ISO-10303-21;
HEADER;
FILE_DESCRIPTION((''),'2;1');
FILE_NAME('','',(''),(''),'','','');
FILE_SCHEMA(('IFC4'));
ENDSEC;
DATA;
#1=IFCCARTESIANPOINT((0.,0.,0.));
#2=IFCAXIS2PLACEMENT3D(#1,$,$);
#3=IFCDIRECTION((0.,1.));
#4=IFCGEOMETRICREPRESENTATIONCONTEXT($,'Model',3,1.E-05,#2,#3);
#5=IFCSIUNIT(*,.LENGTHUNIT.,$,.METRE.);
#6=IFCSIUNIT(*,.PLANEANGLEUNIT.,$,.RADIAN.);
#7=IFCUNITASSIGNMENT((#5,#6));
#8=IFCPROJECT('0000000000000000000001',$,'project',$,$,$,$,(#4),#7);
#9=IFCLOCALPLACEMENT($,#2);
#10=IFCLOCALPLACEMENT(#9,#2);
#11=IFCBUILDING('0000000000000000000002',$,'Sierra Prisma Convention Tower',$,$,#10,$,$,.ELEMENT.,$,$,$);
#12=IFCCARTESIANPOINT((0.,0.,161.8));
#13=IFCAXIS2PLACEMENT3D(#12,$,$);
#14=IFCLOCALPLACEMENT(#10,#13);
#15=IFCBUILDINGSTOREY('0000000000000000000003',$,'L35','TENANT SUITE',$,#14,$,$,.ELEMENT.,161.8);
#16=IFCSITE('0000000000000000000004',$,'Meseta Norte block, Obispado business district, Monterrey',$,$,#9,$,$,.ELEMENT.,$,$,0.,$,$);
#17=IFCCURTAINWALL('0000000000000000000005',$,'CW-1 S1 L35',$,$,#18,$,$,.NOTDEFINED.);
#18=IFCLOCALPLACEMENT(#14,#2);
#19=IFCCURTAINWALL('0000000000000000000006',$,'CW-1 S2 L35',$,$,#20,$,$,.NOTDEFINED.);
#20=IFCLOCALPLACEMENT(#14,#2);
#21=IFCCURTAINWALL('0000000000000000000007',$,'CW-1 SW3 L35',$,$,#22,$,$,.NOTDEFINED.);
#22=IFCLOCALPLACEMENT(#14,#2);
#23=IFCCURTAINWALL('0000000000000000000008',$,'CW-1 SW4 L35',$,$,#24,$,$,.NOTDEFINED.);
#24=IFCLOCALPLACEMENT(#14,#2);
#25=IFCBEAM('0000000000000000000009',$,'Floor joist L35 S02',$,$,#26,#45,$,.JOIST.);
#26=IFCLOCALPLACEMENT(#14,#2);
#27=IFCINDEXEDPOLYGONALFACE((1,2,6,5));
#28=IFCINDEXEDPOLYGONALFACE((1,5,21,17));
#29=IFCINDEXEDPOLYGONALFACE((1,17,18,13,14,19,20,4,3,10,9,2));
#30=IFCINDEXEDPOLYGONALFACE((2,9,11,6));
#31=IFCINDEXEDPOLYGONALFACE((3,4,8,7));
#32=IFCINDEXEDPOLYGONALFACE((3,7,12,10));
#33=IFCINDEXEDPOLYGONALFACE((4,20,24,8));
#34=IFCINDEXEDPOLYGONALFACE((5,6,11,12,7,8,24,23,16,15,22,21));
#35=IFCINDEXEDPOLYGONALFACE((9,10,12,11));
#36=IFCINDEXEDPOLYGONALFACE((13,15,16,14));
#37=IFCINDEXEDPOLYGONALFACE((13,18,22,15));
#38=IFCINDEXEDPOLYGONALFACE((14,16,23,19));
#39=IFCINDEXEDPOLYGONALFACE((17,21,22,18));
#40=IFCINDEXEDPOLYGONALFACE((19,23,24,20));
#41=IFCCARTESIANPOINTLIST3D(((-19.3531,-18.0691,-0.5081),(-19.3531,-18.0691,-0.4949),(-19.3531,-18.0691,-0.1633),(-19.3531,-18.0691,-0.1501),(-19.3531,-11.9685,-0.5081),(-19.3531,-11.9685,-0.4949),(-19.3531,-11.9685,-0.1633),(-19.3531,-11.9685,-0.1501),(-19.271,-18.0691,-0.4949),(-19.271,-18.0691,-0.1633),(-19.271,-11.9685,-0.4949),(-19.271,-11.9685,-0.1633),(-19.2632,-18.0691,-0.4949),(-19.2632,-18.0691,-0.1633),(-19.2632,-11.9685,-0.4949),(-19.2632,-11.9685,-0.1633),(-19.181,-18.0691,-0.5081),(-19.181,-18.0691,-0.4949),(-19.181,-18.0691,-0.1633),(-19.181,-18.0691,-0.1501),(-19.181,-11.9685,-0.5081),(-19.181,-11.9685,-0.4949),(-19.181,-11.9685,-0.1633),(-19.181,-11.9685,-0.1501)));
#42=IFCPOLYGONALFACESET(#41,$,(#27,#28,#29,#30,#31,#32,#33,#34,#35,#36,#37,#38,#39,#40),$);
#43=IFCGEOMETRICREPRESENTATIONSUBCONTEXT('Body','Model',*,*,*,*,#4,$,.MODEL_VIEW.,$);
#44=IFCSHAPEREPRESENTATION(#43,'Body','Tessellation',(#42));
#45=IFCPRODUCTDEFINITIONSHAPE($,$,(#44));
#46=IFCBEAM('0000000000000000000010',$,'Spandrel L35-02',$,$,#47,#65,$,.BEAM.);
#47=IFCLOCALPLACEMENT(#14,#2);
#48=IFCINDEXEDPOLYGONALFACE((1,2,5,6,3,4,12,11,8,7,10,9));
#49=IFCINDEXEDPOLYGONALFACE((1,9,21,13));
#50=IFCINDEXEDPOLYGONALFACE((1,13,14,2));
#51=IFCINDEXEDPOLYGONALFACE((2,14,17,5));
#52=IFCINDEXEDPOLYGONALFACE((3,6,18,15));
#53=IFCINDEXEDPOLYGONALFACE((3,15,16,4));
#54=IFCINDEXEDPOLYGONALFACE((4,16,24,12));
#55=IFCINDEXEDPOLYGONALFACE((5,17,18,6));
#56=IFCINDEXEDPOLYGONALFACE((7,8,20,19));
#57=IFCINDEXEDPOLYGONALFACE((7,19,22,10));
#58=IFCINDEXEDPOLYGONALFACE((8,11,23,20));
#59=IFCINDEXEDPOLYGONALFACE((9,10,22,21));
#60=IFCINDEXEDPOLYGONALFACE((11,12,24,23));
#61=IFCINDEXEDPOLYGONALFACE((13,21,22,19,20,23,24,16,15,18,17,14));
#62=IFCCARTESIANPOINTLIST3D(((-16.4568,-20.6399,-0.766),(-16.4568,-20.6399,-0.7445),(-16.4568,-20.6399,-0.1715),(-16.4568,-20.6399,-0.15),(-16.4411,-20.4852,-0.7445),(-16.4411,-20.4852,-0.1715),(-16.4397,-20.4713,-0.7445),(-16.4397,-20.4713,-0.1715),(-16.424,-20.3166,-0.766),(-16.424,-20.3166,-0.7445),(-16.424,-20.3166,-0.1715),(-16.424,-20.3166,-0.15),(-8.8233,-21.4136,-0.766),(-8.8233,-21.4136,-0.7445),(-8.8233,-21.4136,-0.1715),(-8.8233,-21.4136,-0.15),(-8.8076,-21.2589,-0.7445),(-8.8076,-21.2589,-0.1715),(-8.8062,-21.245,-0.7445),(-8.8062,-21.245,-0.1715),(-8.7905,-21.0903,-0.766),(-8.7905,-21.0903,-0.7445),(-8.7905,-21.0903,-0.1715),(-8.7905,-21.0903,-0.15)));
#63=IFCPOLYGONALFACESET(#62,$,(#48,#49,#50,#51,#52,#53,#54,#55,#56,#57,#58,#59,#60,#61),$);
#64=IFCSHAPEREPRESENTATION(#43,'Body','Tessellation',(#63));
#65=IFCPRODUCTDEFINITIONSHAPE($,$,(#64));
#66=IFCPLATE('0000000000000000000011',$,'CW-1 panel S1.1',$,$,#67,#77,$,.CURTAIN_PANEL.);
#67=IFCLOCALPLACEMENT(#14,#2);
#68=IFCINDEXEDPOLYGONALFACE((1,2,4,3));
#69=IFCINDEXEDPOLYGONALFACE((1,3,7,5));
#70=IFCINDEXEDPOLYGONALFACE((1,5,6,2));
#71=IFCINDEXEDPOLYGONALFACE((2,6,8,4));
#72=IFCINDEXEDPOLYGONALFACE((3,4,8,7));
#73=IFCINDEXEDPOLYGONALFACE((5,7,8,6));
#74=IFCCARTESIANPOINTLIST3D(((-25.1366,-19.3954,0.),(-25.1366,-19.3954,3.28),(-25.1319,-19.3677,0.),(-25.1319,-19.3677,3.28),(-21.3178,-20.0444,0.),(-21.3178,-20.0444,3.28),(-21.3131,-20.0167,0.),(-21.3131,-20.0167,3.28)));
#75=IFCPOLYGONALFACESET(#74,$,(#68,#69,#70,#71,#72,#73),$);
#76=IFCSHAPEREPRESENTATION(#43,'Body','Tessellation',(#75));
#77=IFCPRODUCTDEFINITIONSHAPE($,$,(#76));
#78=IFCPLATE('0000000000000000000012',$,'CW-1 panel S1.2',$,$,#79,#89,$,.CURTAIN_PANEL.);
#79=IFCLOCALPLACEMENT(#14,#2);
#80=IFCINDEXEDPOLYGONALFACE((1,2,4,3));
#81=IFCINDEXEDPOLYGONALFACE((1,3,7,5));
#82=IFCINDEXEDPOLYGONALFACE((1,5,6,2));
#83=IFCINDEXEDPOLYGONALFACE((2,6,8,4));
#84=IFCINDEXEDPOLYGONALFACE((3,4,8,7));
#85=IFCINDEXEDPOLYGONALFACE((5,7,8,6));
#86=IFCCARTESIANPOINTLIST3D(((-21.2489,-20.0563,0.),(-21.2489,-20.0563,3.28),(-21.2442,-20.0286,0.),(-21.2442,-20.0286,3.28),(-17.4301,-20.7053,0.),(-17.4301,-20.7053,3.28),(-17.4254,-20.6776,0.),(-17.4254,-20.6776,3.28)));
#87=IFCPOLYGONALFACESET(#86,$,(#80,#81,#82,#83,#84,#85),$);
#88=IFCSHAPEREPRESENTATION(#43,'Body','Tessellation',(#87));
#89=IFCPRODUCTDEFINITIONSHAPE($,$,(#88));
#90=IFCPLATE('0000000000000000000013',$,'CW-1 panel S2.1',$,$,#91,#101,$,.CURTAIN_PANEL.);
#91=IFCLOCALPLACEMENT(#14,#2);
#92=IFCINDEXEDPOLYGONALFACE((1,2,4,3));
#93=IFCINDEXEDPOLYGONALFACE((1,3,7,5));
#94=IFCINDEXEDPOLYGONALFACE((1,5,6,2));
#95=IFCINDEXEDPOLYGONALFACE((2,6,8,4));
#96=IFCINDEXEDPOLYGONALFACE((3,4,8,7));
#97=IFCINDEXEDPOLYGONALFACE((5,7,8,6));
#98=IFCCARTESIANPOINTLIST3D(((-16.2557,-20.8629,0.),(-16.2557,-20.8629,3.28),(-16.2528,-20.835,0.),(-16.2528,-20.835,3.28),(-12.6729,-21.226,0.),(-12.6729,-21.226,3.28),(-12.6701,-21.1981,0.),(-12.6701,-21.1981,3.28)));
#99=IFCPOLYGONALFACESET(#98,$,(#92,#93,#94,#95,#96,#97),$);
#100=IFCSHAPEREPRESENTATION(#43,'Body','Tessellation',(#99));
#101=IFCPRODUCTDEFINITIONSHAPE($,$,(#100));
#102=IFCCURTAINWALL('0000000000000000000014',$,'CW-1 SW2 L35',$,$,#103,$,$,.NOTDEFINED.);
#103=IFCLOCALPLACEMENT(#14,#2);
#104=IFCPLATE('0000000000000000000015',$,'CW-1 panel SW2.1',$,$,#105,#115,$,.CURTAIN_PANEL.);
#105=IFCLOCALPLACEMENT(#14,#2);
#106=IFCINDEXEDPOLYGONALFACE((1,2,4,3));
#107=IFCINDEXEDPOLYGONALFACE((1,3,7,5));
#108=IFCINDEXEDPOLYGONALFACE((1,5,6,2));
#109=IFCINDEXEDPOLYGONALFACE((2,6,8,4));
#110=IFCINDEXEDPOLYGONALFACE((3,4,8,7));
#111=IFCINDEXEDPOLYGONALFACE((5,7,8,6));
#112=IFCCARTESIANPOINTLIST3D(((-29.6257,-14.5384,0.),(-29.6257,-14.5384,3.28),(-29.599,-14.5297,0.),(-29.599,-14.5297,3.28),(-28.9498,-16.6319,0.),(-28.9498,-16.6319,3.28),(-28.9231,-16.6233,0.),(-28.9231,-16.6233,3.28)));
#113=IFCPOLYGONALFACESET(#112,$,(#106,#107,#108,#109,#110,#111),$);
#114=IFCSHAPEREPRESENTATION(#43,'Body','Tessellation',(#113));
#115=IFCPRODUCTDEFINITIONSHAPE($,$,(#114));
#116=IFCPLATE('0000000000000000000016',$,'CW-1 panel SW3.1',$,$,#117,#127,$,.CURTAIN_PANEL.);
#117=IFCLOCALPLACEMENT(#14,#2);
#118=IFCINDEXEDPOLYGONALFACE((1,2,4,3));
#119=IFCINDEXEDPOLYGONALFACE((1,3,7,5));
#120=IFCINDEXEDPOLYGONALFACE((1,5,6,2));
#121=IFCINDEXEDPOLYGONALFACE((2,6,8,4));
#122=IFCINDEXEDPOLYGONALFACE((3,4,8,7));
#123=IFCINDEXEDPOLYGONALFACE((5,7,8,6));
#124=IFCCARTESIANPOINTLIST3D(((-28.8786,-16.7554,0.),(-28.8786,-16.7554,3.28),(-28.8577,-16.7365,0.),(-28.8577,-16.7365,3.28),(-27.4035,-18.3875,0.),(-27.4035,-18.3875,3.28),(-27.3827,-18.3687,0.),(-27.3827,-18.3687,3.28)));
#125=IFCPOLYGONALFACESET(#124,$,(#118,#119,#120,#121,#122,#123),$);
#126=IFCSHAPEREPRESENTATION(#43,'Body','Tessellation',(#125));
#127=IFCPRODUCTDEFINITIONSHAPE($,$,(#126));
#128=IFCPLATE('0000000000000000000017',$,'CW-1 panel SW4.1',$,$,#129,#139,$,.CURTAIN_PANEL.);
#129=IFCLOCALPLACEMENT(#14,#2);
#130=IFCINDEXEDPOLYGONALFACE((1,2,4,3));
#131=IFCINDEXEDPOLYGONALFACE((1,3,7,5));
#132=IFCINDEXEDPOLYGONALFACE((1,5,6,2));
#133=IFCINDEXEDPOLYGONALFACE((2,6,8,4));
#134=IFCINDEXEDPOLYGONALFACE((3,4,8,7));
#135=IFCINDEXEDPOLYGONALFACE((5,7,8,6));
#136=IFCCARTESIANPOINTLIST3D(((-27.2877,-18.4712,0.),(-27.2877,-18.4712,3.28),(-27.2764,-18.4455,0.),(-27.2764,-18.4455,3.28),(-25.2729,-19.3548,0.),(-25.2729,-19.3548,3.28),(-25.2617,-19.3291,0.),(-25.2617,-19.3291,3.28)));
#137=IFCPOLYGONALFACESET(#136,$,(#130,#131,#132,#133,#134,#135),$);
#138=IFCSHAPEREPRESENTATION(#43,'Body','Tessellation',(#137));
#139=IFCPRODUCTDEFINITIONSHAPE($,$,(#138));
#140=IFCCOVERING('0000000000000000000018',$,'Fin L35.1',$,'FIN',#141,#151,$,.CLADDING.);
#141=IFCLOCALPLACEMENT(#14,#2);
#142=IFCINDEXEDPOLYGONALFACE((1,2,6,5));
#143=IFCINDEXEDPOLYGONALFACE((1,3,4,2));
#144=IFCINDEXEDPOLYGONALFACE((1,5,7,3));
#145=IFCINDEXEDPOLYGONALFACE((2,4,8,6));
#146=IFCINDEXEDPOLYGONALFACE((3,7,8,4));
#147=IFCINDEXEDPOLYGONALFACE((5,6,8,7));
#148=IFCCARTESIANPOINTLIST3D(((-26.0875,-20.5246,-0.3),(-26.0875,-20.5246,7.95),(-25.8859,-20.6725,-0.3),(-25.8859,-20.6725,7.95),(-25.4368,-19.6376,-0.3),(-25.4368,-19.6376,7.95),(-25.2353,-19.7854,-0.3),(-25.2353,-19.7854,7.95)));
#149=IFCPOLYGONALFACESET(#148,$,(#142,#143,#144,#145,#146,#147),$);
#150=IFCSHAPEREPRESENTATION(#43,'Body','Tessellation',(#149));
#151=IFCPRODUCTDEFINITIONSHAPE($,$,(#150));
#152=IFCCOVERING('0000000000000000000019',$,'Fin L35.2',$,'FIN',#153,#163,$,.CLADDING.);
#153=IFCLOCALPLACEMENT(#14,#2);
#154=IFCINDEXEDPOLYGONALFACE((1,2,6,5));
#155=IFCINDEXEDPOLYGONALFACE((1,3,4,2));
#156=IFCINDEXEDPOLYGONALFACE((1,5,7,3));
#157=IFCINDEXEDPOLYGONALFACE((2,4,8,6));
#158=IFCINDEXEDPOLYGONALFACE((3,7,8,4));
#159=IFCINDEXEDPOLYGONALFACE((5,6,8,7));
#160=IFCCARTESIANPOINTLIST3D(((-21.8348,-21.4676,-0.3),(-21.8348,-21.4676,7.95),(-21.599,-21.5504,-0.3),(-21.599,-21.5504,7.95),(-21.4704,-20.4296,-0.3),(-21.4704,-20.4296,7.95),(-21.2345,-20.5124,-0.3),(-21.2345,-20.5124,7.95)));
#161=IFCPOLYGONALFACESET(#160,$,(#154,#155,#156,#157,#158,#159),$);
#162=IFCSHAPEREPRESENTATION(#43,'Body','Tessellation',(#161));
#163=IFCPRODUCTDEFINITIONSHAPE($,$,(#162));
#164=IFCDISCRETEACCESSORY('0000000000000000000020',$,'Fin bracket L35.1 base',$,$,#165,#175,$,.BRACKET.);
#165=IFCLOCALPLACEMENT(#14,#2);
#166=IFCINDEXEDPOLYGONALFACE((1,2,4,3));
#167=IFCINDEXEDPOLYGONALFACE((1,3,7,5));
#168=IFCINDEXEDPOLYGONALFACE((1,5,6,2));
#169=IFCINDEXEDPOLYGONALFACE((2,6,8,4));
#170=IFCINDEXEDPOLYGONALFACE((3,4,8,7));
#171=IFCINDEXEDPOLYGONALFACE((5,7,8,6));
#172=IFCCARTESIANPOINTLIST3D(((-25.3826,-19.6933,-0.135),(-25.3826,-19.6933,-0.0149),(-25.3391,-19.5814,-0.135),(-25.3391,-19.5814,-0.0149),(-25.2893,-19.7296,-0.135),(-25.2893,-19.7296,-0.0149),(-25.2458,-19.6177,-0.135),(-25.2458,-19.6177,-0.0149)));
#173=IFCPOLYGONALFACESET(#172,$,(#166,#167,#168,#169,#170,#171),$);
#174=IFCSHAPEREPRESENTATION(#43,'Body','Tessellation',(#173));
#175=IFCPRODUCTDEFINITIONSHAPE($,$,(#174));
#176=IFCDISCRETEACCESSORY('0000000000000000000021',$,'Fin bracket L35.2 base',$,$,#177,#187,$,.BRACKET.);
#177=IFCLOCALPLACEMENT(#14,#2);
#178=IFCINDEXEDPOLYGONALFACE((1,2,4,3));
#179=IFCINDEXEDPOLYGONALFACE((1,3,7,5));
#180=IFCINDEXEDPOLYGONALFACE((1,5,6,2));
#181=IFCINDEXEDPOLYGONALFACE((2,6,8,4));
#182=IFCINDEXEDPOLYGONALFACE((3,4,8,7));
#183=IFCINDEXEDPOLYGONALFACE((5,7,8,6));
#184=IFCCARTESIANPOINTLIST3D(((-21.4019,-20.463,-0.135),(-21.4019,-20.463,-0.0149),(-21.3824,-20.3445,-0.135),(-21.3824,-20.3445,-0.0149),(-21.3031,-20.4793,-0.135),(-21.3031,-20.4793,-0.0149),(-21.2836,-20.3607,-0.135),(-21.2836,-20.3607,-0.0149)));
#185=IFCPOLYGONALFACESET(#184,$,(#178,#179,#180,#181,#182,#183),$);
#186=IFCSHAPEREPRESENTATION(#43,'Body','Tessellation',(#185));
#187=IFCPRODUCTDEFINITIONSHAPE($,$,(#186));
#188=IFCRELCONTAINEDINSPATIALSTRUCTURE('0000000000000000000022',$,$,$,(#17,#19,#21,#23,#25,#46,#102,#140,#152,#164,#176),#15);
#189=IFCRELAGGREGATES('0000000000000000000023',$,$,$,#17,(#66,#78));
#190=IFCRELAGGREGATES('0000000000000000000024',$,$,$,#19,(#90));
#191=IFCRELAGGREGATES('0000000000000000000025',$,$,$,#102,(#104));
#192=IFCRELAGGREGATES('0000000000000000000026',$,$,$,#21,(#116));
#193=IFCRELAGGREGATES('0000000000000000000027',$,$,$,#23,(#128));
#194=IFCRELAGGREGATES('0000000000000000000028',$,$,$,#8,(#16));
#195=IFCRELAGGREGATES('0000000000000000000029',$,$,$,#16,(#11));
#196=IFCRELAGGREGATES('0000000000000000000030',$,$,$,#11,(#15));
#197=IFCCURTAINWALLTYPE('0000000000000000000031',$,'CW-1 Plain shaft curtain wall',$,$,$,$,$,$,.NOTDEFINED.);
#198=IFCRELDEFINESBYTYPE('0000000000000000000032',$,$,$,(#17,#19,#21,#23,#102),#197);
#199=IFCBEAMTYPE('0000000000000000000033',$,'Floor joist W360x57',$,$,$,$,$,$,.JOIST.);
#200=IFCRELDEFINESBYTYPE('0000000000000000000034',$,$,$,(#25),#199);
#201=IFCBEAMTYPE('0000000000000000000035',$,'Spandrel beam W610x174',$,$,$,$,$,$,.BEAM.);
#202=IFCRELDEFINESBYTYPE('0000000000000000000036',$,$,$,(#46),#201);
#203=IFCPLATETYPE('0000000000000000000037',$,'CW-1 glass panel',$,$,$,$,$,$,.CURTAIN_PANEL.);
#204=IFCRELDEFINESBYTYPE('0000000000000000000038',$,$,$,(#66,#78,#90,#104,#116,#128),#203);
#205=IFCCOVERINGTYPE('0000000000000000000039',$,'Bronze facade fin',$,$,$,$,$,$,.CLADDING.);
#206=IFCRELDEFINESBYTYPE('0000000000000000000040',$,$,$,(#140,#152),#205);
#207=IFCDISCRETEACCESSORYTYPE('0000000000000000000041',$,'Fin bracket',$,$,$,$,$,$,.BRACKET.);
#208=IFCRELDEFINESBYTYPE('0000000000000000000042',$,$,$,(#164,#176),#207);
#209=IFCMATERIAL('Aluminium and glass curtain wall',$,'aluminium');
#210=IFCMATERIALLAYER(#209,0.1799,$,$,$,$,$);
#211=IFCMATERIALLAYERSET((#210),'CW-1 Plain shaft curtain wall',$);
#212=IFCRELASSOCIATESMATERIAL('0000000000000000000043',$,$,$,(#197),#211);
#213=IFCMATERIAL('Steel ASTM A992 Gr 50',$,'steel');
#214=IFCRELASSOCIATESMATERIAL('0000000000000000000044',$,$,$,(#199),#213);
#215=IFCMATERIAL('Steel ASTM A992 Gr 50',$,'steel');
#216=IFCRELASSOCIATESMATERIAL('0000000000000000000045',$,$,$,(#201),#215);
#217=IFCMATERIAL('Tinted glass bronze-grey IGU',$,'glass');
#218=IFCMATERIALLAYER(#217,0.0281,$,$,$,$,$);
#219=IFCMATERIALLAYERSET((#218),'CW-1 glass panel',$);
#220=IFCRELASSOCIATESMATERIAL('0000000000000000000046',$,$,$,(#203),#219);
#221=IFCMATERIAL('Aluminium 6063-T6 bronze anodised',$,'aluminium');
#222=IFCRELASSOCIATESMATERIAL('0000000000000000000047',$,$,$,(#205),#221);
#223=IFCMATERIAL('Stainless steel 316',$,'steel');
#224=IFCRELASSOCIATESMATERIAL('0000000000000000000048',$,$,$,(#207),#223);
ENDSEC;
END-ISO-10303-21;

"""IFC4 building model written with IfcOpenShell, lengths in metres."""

from ifc_helpers import new_model, si_unit, direction, frame, origin, origin_2d, place, context, subcontext, project, spatial, rectangle, i_section, extrude, material, layer, layer_set, material_profile, profile_set, type_object, element, aggregate, save


model = new_model("IFC4")

# Units and contexts
model_context = context("Model", 3, precision=1e-05, world=origin(), true_north=direction((0.0, 1.0)))
body_context = subcontext(model_context, "Body", "Model", "MODEL_VIEW")
ifc_project = project(units=[si_unit("LENGTHUNIT", "METRE"), si_unit("PLANEANGLEUNIT", "RADIAN")], contexts=[model_context])

# Site, building, storey
site_placement = place(None, origin())
site = spatial("IfcSite", under=ifc_project, at=site_placement, Name="Meseta Norte block, Obispado business district, Monterrey", CompositionType="ELEMENT", RefElevation=0.0)
building_placement = place(site_placement, origin())
building = spatial("IfcBuilding", under=site, at=building_placement, Name="Sierra Prisma Convention Tower", CompositionType="ELEMENT")
storey_placement = place(building_placement, frame((0.0, 0.0, 161.8)))
storey = spatial("IfcBuildingStorey", under=building, at=storey_placement, Name="L35", Description="TENANT SUITE", CompositionType="ELEMENT", Elevation=161.8)

# Curtain wall
ifc_material_1 = material(Name="Aluminium and glass curtain wall", Category="aluminium")
ifc_layer_1 = layer(ifc_material_1, 0.1799)
ifc_layer_set_1 = layer_set([ifc_layer_1], Name="CW-1 Plain shaft curtain wall")
curtain_wall_type = type_object("IfcCurtainWallType", Name="CW-1 Plain shaft curtain wall", PredefinedType="NOTDEFINED", material=ifc_layer_set_1)
curtain_wall_1_placement = place(storey_placement, origin())
curtain_wall_1 = element("IfcCurtainWall", 1, at=curtain_wall_1_placement, inside=storey, type_object=curtain_wall_type, Name="CW-1 S1 L35", PredefinedType="NOTDEFINED")

# Curtain walls
curtain_wall_2_placement = place(storey_placement, origin())
curtain_wall_2 = element("IfcCurtainWall", 2, at=curtain_wall_2_placement, inside=storey, type_object=curtain_wall_type, Name="CW-1 S2 L35", PredefinedType="NOTDEFINED")
curtain_wall_3_placement = place(storey_placement, origin())
curtain_wall_3 = element("IfcCurtainWall", 3, at=curtain_wall_3_placement, inside=storey, type_object=curtain_wall_type, Name="CW-1 SW3 L35", PredefinedType="NOTDEFINED")
curtain_wall_4_placement = place(storey_placement, origin())
curtain_wall_4 = element("IfcCurtainWall", 4, at=curtain_wall_4_placement, inside=storey, type_object=curtain_wall_type, Name="CW-1 SW4 L35", PredefinedType="NOTDEFINED")

# Beams
ifc_material_2 = material(Name="Steel ASTM A992 Gr 50", Category="steel")
ifc_material_profile_1 = material_profile(ifc_material_2, i_section(OverallWidth=0.1721, OverallDepth=0.3579, WebThickness=0.0078, FlangeThickness=0.0132, at=origin_2d()), Name="W360x57")
ifc_profile_set_1 = profile_set([ifc_material_profile_1], Name="Steel ASTM A992 Gr 50")
beam_type_1 = type_object("IfcBeamType", Name="Floor joist W360x57", PredefinedType="JOIST", material=ifc_profile_set_1)
beam_1_placement = place(storey_placement, frame((-19.2671, -18.0691, -0.3291), z_axis=(0.0, 1.0, 0.0), x_axis=(-1.0, 0.0, 0.0)))
element("IfcBeam", 5, at=beam_1_placement, inside=storey, type_object=beam_type_1, Name="Floor joist L35 S02", PredefinedType="JOIST", context=body_context, shape_type="SweptSolid", body=[
    extrude(i_section(OverallWidth=0.1721, OverallDepth=0.3579, WebThickness=0.0078, FlangeThickness=0.0132, at=origin_2d()), origin(), (0.0, 0.0, 1.0), 6.1006),
])
ifc_material_3 = material(Name="Steel ASTM A992 Gr 50", Category="steel")
ifc_material_profile_2 = material_profile(ifc_material_3, i_section(OverallWidth=0.325, OverallDepth=0.616, WebThickness=0.0139, FlangeThickness=0.0215, at=origin_2d()), Name="W610x174")
ifc_profile_set_2 = profile_set([ifc_material_profile_2], Name="Steel ASTM A992 Gr 50")
beam_type_2 = type_object("IfcBeamType", Name="Spandrel beam W610x174", PredefinedType="BEAM", material=ifc_profile_set_2)
beam_2_placement = place(storey_placement, frame((-16.4404, -20.4783, -0.458), z_axis=(0.994903, -0.100836, 0.0), x_axis=(0.100836, 0.994903, 0.0)))
element("IfcBeam", 6, at=beam_2_placement, inside=storey, type_object=beam_type_2, Name="Spandrel L35-02", PredefinedType="BEAM", context=body_context, shape_type="SweptSolid", body=[
    extrude(i_section(OverallWidth=0.325, OverallDepth=0.616, WebThickness=0.0139, FlangeThickness=0.0215, at=origin_2d()), origin(), (0.0, 0.0, 1.0), 7.6726),
])

# Plates
ifc_material_4 = material(Name="Tinted glass bronze-grey IGU", Category="glass")
ifc_layer_2 = layer(ifc_material_4, 0.0281)
ifc_layer_set_2 = layer_set([ifc_layer_2], Name="CW-1 glass panel")
plate_type = type_object("IfcPlateType", Name="CW-1 glass panel", PredefinedType="CURTAIN_PANEL", material=ifc_layer_set_2)
plate_1_placement = place(storey_placement, frame((-23.2249, -19.7061, 0.0), z_axis=(0.0, 0.0, 1.0), x_axis=(0.985864, -0.167548, 0.0)))
plate_1 = element("IfcPlate", 7, at=plate_1_placement, type_object=plate_type, Name="CW-1 panel S1.1", PredefinedType="CURTAIN_PANEL", context=body_context, shape_type="SweptSolid", body=[
    extrude(rectangle(XDim=3.8735, YDim=0.0281, at=origin_2d()), origin(), (0.0, 0.0, 1.0), 3.28),
])
plate_2_placement = place(storey_placement, frame((-19.3372, -20.3669, 0.0), z_axis=(0.0, 0.0, 1.0), x_axis=(0.985864, -0.167548, 0.0)))
plate_2 = element("IfcPlate", 8, at=plate_2_placement, type_object=plate_type, Name="CW-1 panel S1.2", PredefinedType="CURTAIN_PANEL", context=body_context, shape_type="SweptSolid", body=[
    extrude(rectangle(XDim=3.8735, YDim=0.0281, at=origin_2d()), origin(), (0.0, 0.0, 1.0), 3.28),
])
aggregate(curtain_wall_1, [plate_1, plate_2])
plate_3_placement = place(storey_placement, frame((-14.4629, -21.0305, 0.0), z_axis=(0.0, 0.0, 1.0), x_axis=(0.994903, -0.100833, 0.0)))
plate_3 = element("IfcPlate", 9, at=plate_3_placement, type_object=plate_type, Name="CW-1 panel S2.1", PredefinedType="CURTAIN_PANEL", context=body_context, shape_type="SweptSolid", body=[
    extrude(rectangle(XDim=3.6011, YDim=0.0281, at=origin_2d()), origin(), (0.0, 0.0, 1.0), 3.28),
])
aggregate(curtain_wall_2, [plate_3])

# Curtain wall, plate
curtain_wall_5_placement = place(storey_placement, origin())
curtain_wall_5 = element("IfcCurtainWall", 10, at=curtain_wall_5_placement, inside=storey, type_object=curtain_wall_type, Name="CW-1 SW2 L35", PredefinedType="NOTDEFINED")
plate_4_placement = place(storey_placement, frame((-29.2744, -15.5808, 0.0), z_axis=(0.0, 0.0, 1.0), x_axis=(0.30725, -0.951629, 0.0)))
plate_4 = element("IfcPlate", 11, at=plate_4_placement, type_object=plate_type, Name="CW-1 panel SW2.1", PredefinedType="CURTAIN_PANEL", context=body_context, shape_type="SweptSolid", body=[
    extrude(rectangle(XDim=2.2, YDim=0.0281, at=origin_2d()), origin(), (0.0, 0.0, 1.0), 3.28),
])
aggregate(curtain_wall_5, [plate_4])

# Plates
plate_5_placement = place(storey_placement, frame((-28.1306, -17.562, 0.0), z_axis=(0.0, 0.0, 1.0), x_axis=(0.67051, -0.741901, 0.0)))
plate_5 = element("IfcPlate", 12, at=plate_5_placement, type_object=plate_type, Name="CW-1 panel SW3.1", PredefinedType="CURTAIN_PANEL", context=body_context, shape_type="SweptSolid", body=[
    extrude(rectangle(XDim=2.2, YDim=0.0281, at=origin_2d()), origin(), (0.0, 0.0, 1.0), 3.28),
])
aggregate(curtain_wall_3, [plate_5])
plate_6_placement = place(storey_placement, frame((-26.2747, -18.9001, 0.0), z_axis=(0.0, 0.0, 1.0), x_axis=(0.915798, -0.40164, 0.0)))
plate_6 = element("IfcPlate", 13, at=plate_6_placement, type_object=plate_type, Name="CW-1 panel SW4.1", PredefinedType="CURTAIN_PANEL", context=body_context, shape_type="SweptSolid", body=[
    extrude(rectangle(XDim=2.2, YDim=0.0281, at=origin_2d()), origin(), (0.0, 0.0, 1.0), 3.28),
])
aggregate(curtain_wall_4, [plate_6])

# Coverings
ifc_material_5 = material(Name="Aluminium 6063-T6 bronze anodised", Category="aluminium")
ifc_material_profile_3 = material_profile(ifc_material_5, rectangle(XDim=1.1001, YDim=0.25, at=origin_2d()), Name="ALU FIN 1100x250")
ifc_profile_set_3 = profile_set([ifc_material_profile_3], Name="Aluminium 6063-T6 bronze anodised")
covering_type = type_object("IfcCoveringType", Name="Bronze facade fin", PredefinedType="CLADDING", material=ifc_profile_set_3)
for number, where, z_axis, x_axis, name in (
    (14, (-25.6614, -20.155, -0.3), (0.0, 0.0, 1.0), (-0.591443, -0.806347, 0.0), "Fin L35.1"),
    (15, (-21.5347, -20.99, -0.3), (0.0, 0.0, 1.0), (-0.331313, -0.943521, 0.0), "Fin L35.2"),
):
    element("IfcCovering", number, at=place(storey_placement, frame(where, z_axis=z_axis, x_axis=x_axis)), inside=storey, type_object=covering_type, Name=name, ObjectType="FIN", PredefinedType="CLADDING", context=body_context, shape_type="SweptSolid", body=[
        extrude(rectangle(XDim=1.1001, YDim=0.25, at=origin_2d()), origin(), (0.0, 0.0, 1.0), 8.25),
    ])

# Discrete accessories
ifc_material_6 = material(Name="Stainless steel 316", Category="steel")
discrete_accessory_type = type_object("IfcDiscreteAccessoryType", Name="Fin bracket", PredefinedType="BRACKET", material=ifc_material_6)
for number, where, z_axis, x_axis, name in (
    (16, (-25.3142, -19.6555, -0.135), (0.0, 0.0, 1.0), (-0.362592, -0.931948, 0.0), "Fin bracket L35.1 base"),
    (17, (-21.3428, -20.4119, -0.135), (0.0, 0.0, 1.0), (-0.162439, -0.986719, 0.0), "Fin bracket L35.2 base"),
):
    element("IfcDiscreteAccessory", number, at=place(storey_placement, frame(where, z_axis=z_axis, x_axis=x_axis)), inside=storey, type_object=discrete_accessory_type, Name=name, PredefinedType="BRACKET", context=body_context, shape_type="SweptSolid", body=[
        extrude(rectangle(XDim=0.1201, YDim=0.1001, at=origin_2d()), origin(), (0.0, 0.0, 1.0), 0.1201),
    ])

save(model, "model.ifc")
